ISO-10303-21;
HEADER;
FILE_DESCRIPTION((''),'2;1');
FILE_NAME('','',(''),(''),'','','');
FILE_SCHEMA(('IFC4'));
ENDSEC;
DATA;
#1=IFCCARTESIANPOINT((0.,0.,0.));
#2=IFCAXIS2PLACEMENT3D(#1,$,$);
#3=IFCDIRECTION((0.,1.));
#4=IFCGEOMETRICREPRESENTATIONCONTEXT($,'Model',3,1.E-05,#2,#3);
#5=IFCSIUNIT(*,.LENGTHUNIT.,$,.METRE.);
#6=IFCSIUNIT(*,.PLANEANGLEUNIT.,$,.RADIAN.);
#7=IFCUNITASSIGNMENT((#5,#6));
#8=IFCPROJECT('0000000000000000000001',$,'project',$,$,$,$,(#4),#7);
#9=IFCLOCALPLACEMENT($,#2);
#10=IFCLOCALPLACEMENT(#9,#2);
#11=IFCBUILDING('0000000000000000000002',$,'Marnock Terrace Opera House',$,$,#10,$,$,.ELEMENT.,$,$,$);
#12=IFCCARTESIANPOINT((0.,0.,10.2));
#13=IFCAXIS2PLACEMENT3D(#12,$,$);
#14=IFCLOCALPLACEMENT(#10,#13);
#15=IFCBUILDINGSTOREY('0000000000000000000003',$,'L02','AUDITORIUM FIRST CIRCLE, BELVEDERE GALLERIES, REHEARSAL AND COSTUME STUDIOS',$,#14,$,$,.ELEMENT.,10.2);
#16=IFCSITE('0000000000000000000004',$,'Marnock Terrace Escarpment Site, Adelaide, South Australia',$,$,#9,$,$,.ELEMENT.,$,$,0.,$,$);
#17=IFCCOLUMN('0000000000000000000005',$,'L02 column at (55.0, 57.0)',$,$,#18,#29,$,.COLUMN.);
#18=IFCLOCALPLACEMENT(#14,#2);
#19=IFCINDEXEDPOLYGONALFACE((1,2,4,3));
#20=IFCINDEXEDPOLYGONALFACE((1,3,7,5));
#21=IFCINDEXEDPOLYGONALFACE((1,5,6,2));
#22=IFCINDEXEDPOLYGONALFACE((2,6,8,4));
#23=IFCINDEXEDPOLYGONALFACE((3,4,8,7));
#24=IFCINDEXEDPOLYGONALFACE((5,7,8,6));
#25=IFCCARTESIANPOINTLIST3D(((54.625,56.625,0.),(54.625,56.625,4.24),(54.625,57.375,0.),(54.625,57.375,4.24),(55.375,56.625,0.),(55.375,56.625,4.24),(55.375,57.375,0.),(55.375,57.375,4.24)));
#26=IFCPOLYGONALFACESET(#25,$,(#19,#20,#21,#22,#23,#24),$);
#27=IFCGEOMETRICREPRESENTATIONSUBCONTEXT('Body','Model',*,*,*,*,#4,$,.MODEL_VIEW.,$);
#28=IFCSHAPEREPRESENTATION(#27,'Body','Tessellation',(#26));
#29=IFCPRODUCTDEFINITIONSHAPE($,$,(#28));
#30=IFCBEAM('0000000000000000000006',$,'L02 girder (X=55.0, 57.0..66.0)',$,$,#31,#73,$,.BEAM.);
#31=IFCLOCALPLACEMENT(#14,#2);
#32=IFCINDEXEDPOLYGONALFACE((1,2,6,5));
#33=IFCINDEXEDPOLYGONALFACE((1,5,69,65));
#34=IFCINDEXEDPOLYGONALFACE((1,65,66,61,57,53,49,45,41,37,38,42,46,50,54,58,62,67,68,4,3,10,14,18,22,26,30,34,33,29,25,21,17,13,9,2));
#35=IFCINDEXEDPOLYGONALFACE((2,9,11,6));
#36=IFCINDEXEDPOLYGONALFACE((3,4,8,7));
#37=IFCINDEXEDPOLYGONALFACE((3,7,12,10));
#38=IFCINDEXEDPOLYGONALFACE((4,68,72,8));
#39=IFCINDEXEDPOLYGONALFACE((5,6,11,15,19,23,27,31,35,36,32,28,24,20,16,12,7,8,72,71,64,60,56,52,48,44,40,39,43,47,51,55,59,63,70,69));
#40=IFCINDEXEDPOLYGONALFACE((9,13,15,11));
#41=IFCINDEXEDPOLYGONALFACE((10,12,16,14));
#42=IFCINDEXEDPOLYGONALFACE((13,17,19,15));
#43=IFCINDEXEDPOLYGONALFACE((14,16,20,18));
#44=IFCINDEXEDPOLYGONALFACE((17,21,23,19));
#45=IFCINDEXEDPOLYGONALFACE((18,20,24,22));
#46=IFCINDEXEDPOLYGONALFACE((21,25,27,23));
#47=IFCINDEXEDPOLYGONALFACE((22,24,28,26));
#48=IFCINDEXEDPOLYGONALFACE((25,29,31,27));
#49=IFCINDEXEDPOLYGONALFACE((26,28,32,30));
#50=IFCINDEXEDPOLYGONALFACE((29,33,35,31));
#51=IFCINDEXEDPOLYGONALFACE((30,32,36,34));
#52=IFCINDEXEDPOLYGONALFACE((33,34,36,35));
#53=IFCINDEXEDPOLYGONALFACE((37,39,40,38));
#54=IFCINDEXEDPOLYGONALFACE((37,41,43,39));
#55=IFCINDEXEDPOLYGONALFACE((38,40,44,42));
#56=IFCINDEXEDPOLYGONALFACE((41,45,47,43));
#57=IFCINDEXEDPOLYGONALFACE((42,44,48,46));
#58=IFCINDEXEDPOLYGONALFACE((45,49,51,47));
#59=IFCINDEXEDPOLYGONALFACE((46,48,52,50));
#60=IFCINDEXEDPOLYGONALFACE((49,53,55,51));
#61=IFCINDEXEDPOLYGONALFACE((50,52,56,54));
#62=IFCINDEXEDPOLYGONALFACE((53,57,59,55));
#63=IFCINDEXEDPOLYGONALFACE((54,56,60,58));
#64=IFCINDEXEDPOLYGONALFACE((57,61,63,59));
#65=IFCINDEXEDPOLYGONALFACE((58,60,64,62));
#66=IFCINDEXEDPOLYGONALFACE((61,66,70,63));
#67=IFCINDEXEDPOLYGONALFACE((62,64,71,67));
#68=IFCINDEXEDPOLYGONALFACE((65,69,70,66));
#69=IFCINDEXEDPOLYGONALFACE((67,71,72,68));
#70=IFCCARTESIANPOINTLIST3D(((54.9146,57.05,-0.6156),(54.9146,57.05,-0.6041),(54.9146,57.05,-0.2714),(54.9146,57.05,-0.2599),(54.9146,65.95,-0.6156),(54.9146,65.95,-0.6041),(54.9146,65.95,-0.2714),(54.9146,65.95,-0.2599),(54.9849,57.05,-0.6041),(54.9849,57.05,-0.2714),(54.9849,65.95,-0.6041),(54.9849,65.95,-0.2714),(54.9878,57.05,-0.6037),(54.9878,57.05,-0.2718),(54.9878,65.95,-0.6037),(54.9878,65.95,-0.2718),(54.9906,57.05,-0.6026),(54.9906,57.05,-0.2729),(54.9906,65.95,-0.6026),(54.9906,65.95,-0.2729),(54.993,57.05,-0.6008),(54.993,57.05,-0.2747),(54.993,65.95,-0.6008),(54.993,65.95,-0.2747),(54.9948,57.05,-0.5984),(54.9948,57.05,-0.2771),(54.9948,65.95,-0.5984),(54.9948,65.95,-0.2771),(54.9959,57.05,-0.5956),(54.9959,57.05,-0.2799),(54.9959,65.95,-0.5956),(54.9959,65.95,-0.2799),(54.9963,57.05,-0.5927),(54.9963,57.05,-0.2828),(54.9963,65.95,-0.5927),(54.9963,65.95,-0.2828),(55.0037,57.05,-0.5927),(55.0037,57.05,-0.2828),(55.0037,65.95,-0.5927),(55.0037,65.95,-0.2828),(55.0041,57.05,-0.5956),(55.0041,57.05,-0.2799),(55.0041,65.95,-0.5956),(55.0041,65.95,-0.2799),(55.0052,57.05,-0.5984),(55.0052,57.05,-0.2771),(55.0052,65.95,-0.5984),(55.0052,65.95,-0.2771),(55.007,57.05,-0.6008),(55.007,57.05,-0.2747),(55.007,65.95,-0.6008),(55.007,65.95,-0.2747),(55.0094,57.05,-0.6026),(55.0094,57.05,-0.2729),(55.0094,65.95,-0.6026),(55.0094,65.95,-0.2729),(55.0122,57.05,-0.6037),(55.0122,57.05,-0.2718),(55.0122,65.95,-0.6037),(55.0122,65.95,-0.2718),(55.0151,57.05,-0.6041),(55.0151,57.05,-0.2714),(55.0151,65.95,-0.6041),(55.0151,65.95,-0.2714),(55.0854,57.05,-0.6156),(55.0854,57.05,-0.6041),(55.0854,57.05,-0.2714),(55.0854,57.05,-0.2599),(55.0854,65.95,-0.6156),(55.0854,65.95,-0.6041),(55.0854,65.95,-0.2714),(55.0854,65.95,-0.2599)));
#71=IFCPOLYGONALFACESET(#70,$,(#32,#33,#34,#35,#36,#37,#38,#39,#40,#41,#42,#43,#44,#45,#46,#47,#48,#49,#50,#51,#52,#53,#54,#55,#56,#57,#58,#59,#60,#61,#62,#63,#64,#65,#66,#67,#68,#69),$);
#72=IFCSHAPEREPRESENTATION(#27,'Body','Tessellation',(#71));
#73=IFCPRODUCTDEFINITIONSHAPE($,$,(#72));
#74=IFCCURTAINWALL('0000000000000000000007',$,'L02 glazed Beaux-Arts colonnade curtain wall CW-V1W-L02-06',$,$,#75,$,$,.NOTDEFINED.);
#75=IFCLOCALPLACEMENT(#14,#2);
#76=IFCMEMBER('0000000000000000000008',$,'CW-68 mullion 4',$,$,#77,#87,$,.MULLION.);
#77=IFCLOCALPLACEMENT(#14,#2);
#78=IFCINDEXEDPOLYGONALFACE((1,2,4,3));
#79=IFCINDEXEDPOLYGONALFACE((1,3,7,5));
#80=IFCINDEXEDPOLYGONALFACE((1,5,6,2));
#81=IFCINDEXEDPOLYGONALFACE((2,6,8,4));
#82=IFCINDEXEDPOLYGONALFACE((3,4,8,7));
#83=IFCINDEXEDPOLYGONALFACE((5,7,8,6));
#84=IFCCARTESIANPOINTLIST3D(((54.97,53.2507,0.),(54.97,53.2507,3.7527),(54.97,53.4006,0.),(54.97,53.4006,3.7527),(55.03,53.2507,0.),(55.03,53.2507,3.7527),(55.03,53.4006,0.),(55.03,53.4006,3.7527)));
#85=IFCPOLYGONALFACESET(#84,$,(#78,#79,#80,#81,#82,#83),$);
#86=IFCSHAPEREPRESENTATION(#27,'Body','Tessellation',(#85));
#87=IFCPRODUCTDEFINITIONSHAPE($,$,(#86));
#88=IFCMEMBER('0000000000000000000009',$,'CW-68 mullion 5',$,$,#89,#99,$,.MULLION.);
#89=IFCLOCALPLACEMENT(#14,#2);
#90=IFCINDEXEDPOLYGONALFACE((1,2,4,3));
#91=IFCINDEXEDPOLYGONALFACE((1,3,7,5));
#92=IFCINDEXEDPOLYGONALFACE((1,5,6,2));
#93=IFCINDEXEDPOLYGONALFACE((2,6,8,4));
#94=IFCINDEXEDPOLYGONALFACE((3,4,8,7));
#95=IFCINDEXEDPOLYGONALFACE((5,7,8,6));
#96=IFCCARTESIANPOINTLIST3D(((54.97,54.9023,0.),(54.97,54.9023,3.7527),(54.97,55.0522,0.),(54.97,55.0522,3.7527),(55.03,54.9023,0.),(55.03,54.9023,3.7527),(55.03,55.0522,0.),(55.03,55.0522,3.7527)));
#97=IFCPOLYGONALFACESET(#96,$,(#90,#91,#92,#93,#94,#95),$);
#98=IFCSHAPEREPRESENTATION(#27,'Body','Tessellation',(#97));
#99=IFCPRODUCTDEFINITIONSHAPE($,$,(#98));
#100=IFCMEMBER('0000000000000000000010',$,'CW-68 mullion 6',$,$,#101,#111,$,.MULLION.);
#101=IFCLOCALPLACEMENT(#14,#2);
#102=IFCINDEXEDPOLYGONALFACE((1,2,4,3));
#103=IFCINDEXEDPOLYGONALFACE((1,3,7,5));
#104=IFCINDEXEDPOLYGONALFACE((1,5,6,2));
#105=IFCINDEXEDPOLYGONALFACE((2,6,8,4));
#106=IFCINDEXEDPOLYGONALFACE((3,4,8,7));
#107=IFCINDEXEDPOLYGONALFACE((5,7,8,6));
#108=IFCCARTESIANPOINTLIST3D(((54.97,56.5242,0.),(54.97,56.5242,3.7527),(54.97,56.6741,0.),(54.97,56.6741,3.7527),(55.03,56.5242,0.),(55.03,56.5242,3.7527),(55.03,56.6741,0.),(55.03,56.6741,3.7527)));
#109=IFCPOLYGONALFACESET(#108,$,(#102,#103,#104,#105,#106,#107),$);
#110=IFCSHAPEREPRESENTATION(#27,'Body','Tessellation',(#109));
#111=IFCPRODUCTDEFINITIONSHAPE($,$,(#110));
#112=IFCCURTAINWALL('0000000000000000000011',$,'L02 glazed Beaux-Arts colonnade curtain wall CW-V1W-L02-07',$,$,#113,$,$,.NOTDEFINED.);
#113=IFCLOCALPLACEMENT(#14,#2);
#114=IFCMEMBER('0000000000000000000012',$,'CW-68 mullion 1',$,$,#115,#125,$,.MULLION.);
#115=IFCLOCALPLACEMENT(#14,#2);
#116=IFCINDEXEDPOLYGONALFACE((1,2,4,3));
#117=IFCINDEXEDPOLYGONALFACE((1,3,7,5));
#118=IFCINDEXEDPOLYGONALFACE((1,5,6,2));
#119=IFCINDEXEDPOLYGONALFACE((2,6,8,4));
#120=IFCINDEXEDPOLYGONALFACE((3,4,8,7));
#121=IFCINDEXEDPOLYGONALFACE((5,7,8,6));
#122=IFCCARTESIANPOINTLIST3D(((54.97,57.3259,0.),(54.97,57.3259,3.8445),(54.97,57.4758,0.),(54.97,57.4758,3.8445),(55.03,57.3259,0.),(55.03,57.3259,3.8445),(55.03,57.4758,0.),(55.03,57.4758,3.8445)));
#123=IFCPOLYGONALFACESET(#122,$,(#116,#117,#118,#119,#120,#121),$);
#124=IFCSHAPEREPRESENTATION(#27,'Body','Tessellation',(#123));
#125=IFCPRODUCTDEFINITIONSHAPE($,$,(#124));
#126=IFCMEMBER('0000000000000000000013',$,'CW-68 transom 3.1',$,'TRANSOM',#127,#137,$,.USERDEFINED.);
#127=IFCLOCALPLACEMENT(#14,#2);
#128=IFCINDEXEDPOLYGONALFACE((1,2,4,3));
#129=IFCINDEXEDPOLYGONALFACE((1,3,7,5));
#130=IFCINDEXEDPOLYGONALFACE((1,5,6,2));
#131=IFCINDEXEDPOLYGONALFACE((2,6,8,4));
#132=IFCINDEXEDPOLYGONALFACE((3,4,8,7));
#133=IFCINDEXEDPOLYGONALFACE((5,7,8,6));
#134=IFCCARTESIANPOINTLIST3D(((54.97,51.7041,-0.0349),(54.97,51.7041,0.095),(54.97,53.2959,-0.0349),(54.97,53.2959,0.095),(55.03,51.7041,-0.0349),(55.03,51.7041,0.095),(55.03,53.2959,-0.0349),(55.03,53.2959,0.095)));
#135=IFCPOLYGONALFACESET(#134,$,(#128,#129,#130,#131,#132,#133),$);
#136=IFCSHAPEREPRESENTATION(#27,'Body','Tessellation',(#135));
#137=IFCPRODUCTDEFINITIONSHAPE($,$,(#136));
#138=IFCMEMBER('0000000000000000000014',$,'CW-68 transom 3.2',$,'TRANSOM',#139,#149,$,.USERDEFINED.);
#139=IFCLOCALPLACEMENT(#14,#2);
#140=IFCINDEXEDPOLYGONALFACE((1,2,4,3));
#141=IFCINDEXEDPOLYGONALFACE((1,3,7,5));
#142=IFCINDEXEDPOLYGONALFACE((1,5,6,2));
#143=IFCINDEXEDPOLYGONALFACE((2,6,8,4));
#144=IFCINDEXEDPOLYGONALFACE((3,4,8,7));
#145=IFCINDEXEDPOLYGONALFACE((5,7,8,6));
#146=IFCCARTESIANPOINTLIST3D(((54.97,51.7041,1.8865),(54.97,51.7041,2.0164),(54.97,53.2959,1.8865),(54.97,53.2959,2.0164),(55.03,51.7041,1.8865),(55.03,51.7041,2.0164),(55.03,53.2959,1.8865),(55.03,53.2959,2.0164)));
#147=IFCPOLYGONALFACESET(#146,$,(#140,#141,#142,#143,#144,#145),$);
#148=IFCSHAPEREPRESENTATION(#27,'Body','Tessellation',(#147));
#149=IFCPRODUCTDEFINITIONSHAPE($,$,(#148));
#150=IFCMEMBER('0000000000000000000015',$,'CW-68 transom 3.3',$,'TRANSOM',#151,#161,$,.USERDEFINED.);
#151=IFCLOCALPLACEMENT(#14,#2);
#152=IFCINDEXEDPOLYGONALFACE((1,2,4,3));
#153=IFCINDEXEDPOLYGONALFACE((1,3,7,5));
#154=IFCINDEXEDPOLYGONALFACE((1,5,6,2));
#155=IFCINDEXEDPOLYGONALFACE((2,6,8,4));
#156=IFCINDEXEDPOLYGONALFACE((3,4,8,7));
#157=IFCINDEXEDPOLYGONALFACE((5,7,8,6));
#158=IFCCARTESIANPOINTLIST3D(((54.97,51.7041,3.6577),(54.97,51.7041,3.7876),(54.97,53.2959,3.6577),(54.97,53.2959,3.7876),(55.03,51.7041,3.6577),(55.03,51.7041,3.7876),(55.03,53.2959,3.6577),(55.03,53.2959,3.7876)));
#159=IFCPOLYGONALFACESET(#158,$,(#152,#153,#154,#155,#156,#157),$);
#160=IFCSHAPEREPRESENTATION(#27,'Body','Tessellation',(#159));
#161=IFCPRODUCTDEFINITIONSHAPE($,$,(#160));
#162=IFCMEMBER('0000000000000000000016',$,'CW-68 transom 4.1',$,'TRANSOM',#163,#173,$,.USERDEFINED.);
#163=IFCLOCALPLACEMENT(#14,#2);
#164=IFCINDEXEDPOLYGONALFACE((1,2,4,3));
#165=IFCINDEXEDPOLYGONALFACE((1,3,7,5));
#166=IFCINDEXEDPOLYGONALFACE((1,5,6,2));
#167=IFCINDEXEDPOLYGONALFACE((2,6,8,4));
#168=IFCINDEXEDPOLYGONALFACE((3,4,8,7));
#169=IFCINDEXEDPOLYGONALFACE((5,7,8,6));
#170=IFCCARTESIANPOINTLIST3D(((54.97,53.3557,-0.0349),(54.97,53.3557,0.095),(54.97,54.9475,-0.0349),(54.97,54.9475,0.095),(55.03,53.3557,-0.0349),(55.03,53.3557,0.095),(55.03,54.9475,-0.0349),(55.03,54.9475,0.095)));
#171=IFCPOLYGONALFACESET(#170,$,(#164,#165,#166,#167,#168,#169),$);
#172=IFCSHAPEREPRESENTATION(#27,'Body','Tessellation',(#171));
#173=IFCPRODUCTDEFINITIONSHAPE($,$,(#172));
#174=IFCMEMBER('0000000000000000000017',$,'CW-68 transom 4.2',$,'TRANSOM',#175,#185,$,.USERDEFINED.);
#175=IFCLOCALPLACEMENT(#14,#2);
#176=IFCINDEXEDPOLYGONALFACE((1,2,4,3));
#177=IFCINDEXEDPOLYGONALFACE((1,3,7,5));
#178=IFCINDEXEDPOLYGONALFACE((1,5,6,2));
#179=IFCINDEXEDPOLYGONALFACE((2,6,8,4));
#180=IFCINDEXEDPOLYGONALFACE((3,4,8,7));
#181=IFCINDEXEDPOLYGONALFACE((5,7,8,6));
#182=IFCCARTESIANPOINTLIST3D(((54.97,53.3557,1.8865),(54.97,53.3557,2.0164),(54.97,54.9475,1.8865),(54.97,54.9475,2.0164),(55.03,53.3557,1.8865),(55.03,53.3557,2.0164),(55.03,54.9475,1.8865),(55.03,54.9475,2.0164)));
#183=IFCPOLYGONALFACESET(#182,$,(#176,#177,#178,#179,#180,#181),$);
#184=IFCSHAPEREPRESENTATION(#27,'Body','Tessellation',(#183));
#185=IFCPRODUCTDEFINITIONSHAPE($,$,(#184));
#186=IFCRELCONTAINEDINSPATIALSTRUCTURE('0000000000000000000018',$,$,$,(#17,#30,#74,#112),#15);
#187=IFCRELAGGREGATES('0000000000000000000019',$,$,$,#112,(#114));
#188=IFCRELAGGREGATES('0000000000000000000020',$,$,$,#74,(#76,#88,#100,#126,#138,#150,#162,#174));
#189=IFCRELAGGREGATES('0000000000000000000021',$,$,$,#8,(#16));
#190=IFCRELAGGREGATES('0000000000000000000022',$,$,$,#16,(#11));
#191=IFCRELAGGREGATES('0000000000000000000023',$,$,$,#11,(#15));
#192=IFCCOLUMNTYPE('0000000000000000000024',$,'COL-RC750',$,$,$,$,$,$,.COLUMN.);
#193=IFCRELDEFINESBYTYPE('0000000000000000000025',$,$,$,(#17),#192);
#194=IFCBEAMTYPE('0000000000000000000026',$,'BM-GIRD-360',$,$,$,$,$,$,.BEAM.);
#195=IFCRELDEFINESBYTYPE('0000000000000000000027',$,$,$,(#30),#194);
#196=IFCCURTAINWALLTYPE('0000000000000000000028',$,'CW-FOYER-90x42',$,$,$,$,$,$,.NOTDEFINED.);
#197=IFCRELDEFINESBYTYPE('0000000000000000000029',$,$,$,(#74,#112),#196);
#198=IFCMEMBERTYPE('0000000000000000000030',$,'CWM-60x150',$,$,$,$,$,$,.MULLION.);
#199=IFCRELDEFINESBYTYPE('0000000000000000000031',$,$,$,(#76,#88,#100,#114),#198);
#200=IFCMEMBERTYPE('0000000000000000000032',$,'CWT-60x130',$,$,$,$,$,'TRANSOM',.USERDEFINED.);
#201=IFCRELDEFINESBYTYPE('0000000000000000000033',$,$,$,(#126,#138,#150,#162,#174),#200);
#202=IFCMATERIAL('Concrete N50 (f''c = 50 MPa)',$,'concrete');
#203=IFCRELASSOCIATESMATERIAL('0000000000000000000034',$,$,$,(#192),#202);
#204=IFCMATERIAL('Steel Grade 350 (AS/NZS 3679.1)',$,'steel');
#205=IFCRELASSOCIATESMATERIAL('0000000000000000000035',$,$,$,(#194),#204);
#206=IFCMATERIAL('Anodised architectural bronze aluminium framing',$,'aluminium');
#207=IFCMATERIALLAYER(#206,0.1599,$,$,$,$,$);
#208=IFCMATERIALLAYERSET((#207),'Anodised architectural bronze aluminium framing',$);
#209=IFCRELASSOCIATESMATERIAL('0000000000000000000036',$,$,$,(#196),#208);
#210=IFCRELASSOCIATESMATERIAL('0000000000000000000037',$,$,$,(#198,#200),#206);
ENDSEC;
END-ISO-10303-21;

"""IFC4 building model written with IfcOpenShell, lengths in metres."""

from ifc_helpers import new_model, si_unit, direction, frame, origin, origin_2d, place, context, subcontext, project, spatial, rectangle, i_section, extrude, material, layer, layer_set, material_profile, profile_set, type_object, element, aggregate, save


model = new_model("IFC4")

# Units and contexts
model_context = context("Model", 3, precision=1e-05, world=origin(), true_north=direction((0.0, 1.0)))
body_context = subcontext(model_context, "Body", "Model", "MODEL_VIEW")
ifc_project = project(units=[si_unit("LENGTHUNIT", "METRE"), si_unit("PLANEANGLEUNIT", "RADIAN")], contexts=[model_context])

# Site, building, storey
site_placement = place(None, origin())
site = spatial("IfcSite", under=ifc_project, at=site_placement, Name="Marnock Terrace Escarpment Site, Adelaide, South Australia", CompositionType="ELEMENT", RefElevation=0.0)
building_placement = place(site_placement, origin())
building = spatial("IfcBuilding", under=site, at=building_placement, Name="Marnock Terrace Opera House", CompositionType="ELEMENT")
storey_placement = place(building_placement, frame((0.0, 0.0, 10.2)))
storey = spatial("IfcBuildingStorey", under=building, at=storey_placement, Name="L02", Description="AUDITORIUM FIRST CIRCLE, BELVEDERE GALLERIES, REHEARSAL AND COSTUME STUDIOS", CompositionType="ELEMENT", Elevation=10.2)

# Column
ifc_material_1 = material(Name="Concrete N50 (f'c = 50 MPa)", Category="concrete")
ifc_material_profile_1 = material_profile(ifc_material_1, rectangle(XDim=0.75, YDim=0.75, at=origin_2d()))
ifc_profile_set_1 = profile_set([ifc_material_profile_1], Name="Concrete N50 (f'c = 50 MPa)")
column_type = type_object("IfcColumnType", Name="COL-RC750", PredefinedType="COLUMN", material=ifc_profile_set_1)
column_placement = place(storey_placement, frame((55.0, 57.0, 0.0), z_axis=(0.0, 0.0, 1.0), x_axis=(1.0, 0.0, 0.0)))
element("IfcColumn", 1, at=column_placement, inside=storey, type_object=column_type, Name="L02 column at (55.0, 57.0)", PredefinedType="COLUMN", context=body_context, shape_type="SweptSolid", body=[
    extrude(rectangle(XDim=0.75, YDim=0.75, at=origin_2d()), origin(), (0.0, 0.0, 1.0), 4.24),
])

# Beam
ifc_material_2 = material(Name="Steel Grade 350 (AS/NZS 3679.1)", Category="steel")
ifc_material_profile_2 = material_profile(ifc_material_2, i_section(OverallWidth=0.1709, OverallDepth=0.3557, WebThickness=0.0073, FlangeThickness=0.0115, FilletRadius=0.0115, at=origin_2d()))
ifc_profile_set_2 = profile_set([ifc_material_profile_2], Name="Steel Grade 350 (AS/NZS 3679.1)")
beam_type = type_object("IfcBeamType", Name="BM-GIRD-360", PredefinedType="BEAM", material=ifc_profile_set_2)
beam_placement = place(storey_placement, frame((55.0, 57.05, -0.4377), z_axis=(0.0, 1.0, 0.0), x_axis=(-1.0, 0.0, 0.0)))
element("IfcBeam", 2, at=beam_placement, inside=storey, type_object=beam_type, Name="L02 girder (X=55.0, 57.0..66.0)", PredefinedType="BEAM", context=body_context, shape_type="SweptSolid", body=[
    extrude(i_section(OverallWidth=0.1709, OverallDepth=0.3557, WebThickness=0.0073, FlangeThickness=0.0115, FilletRadius=0.0115, at=origin_2d()), origin(), (0.0, 0.0, 1.0), 8.8999),
])

# Curtain wall, members
ifc_material_3 = material(Name="Anodised architectural bronze aluminium framing", Category="aluminium")
ifc_layer_1 = layer(ifc_material_3, 0.1599)
ifc_layer_set_1 = layer_set([ifc_layer_1], Name="Anodised architectural bronze aluminium framing")
curtain_wall_type = type_object("IfcCurtainWallType", Name="CW-FOYER-90x42", PredefinedType="NOTDEFINED", material=ifc_layer_set_1)
curtain_wall_1_placement = place(storey_placement, origin())
curtain_wall_1 = element("IfcCurtainWall", 3, at=curtain_wall_1_placement, inside=storey, type_object=curtain_wall_type, Name="L02 glazed Beaux-Arts colonnade curtain wall CW-V1W-L02-06", PredefinedType="NOTDEFINED")
ifc_material_profile_3 = material_profile(ifc_material_3, rectangle(XDim=0.0601, YDim=0.1499, at=origin_2d()))
ifc_profile_set_3 = profile_set([ifc_material_profile_3], Name="Anodised architectural bronze aluminium framing")
member_type_1 = type_object("IfcMemberType", Name="CWM-60x150", PredefinedType="MULLION", material=ifc_profile_set_3)
member_1_placement = place(storey_placement, frame((55.0, 53.3257, 0.0), z_axis=(0.0, 0.0, 1.0), x_axis=(-1.0, 0.0, 0.0)))
member_1 = element("IfcMember", 4, at=member_1_placement, type_object=member_type_1, Name="CW-68 mullion 4", PredefinedType="MULLION", context=body_context, shape_type="SweptSolid", body=[
    extrude(rectangle(XDim=0.0601, YDim=0.1499, at=origin_2d()), origin(), (0.0, 0.0, 1.0), 3.7527),
])
member_2_placement = place(storey_placement, frame((55.0, 54.9773, 0.0), z_axis=(0.0, 0.0, 1.0), x_axis=(-1.0, 0.0, 0.0)))
member_2 = element("IfcMember", 5, at=member_2_placement, type_object=member_type_1, Name="CW-68 mullion 5", PredefinedType="MULLION", context=body_context, shape_type="SweptSolid", body=[
    extrude(rectangle(XDim=0.0601, YDim=0.1499, at=origin_2d()), origin(), (0.0, 0.0, 1.0), 3.7527),
])
member_3_placement = place(storey_placement, frame((55.0, 56.5991, 0.0), z_axis=(0.0, 0.0, 1.0), x_axis=(-1.0, 0.0, 0.0)))
member_3 = element("IfcMember", 6, at=member_3_placement, type_object=member_type_1, Name="CW-68 mullion 6", PredefinedType="MULLION", context=body_context, shape_type="SweptSolid", body=[
    extrude(rectangle(XDim=0.0601, YDim=0.1499, at=origin_2d()), origin(), (0.0, 0.0, 1.0), 3.7527),
])

# Curtain wall, member
curtain_wall_2_placement = place(storey_placement, origin())
curtain_wall_2 = element("IfcCurtainWall", 7, at=curtain_wall_2_placement, inside=storey, type_object=curtain_wall_type, Name="L02 glazed Beaux-Arts colonnade curtain wall CW-V1W-L02-07", PredefinedType="NOTDEFINED")
member_4_placement = place(storey_placement, frame((55.0, 57.4009, 0.0), z_axis=(0.0, 0.0, 1.0), x_axis=(-1.0, 0.0, 0.0)))
member_4 = element("IfcMember", 8, at=member_4_placement, type_object=member_type_1, Name="CW-68 mullion 1", PredefinedType="MULLION", context=body_context, shape_type="SweptSolid", body=[
    extrude(rectangle(XDim=0.0601, YDim=0.1499, at=origin_2d()), origin(), (0.0, 0.0, 1.0), 3.8445),
])

# Members
ifc_material_profile_4 = material_profile(ifc_material_3, rectangle(XDim=0.0601, YDim=0.1299, at=origin_2d()))
ifc_profile_set_4 = profile_set([ifc_material_profile_4], Name="Anodised architectural bronze aluminium framing")
member_type_2 = type_object("IfcMemberType", Name="CWT-60x130", ElementType="TRANSOM", PredefinedType="USERDEFINED", material=ifc_profile_set_4)
member_5_placement = place(storey_placement, frame((55.0, 51.7041, 0.03), z_axis=(0.0, 1.0, 0.0), x_axis=(-1.0, 0.0, 0.0)))
member_5 = element("IfcMember", 9, at=member_5_placement, type_object=member_type_2, Name="CW-68 transom 3.1", ObjectType="TRANSOM", PredefinedType="USERDEFINED", context=body_context, shape_type="SweptSolid", body=[
    extrude(rectangle(XDim=0.0601, YDim=0.1299, at=origin_2d()), origin(), (0.0, 0.0, 1.0), 1.5918),
])
member_6_placement = place(storey_placement, frame((55.0, 51.7041, 1.9514), z_axis=(0.0, 1.0, 0.0), x_axis=(-1.0, 0.0, 0.0)))
member_6 = element("IfcMember", 10, at=member_6_placement, type_object=member_type_2, Name="CW-68 transom 3.2", ObjectType="TRANSOM", PredefinedType="USERDEFINED", context=body_context, shape_type="SweptSolid", body=[
    extrude(rectangle(XDim=0.0601, YDim=0.1299, at=origin_2d()), origin(), (0.0, 0.0, 1.0), 1.5918),
])
member_7_placement = place(storey_placement, frame((55.0, 51.7041, 3.7227), z_axis=(0.0, 1.0, 0.0), x_axis=(-1.0, 0.0, 0.0)))
member_7 = element("IfcMember", 11, at=member_7_placement, type_object=member_type_2, Name="CW-68 transom 3.3", ObjectType="TRANSOM", PredefinedType="USERDEFINED", context=body_context, shape_type="SweptSolid", body=[
    extrude(rectangle(XDim=0.0601, YDim=0.1299, at=origin_2d()), origin(), (0.0, 0.0, 1.0), 1.5918),
])
member_8_placement = place(storey_placement, frame((55.0, 53.3557, 0.03), z_axis=(0.0, 1.0, 0.0), x_axis=(-1.0, 0.0, 0.0)))
member_8 = element("IfcMember", 12, at=member_8_placement, type_object=member_type_2, Name="CW-68 transom 4.1", ObjectType="TRANSOM", PredefinedType="USERDEFINED", context=body_context, shape_type="SweptSolid", body=[
    extrude(rectangle(XDim=0.0601, YDim=0.1299, at=origin_2d()), origin(), (0.0, 0.0, 1.0), 1.5918),
])
member_9_placement = place(storey_placement, frame((55.0, 53.3557, 1.9514), z_axis=(0.0, 1.0, 0.0), x_axis=(-1.0, 0.0, 0.0)))
member_9 = element("IfcMember", 13, at=member_9_placement, type_object=member_type_2, Name="CW-68 transom 4.2", ObjectType="TRANSOM", PredefinedType="USERDEFINED", context=body_context, shape_type="SweptSolid", body=[
    extrude(rectangle(XDim=0.0601, YDim=0.1299, at=origin_2d()), origin(), (0.0, 0.0, 1.0), 1.5918),
])
aggregate(curtain_wall_2, [member_4])

aggregate(curtain_wall_1, [member_1, member_2, member_3, member_5, member_6, member_7, member_8, member_9])

save(model, "model.ifc")
